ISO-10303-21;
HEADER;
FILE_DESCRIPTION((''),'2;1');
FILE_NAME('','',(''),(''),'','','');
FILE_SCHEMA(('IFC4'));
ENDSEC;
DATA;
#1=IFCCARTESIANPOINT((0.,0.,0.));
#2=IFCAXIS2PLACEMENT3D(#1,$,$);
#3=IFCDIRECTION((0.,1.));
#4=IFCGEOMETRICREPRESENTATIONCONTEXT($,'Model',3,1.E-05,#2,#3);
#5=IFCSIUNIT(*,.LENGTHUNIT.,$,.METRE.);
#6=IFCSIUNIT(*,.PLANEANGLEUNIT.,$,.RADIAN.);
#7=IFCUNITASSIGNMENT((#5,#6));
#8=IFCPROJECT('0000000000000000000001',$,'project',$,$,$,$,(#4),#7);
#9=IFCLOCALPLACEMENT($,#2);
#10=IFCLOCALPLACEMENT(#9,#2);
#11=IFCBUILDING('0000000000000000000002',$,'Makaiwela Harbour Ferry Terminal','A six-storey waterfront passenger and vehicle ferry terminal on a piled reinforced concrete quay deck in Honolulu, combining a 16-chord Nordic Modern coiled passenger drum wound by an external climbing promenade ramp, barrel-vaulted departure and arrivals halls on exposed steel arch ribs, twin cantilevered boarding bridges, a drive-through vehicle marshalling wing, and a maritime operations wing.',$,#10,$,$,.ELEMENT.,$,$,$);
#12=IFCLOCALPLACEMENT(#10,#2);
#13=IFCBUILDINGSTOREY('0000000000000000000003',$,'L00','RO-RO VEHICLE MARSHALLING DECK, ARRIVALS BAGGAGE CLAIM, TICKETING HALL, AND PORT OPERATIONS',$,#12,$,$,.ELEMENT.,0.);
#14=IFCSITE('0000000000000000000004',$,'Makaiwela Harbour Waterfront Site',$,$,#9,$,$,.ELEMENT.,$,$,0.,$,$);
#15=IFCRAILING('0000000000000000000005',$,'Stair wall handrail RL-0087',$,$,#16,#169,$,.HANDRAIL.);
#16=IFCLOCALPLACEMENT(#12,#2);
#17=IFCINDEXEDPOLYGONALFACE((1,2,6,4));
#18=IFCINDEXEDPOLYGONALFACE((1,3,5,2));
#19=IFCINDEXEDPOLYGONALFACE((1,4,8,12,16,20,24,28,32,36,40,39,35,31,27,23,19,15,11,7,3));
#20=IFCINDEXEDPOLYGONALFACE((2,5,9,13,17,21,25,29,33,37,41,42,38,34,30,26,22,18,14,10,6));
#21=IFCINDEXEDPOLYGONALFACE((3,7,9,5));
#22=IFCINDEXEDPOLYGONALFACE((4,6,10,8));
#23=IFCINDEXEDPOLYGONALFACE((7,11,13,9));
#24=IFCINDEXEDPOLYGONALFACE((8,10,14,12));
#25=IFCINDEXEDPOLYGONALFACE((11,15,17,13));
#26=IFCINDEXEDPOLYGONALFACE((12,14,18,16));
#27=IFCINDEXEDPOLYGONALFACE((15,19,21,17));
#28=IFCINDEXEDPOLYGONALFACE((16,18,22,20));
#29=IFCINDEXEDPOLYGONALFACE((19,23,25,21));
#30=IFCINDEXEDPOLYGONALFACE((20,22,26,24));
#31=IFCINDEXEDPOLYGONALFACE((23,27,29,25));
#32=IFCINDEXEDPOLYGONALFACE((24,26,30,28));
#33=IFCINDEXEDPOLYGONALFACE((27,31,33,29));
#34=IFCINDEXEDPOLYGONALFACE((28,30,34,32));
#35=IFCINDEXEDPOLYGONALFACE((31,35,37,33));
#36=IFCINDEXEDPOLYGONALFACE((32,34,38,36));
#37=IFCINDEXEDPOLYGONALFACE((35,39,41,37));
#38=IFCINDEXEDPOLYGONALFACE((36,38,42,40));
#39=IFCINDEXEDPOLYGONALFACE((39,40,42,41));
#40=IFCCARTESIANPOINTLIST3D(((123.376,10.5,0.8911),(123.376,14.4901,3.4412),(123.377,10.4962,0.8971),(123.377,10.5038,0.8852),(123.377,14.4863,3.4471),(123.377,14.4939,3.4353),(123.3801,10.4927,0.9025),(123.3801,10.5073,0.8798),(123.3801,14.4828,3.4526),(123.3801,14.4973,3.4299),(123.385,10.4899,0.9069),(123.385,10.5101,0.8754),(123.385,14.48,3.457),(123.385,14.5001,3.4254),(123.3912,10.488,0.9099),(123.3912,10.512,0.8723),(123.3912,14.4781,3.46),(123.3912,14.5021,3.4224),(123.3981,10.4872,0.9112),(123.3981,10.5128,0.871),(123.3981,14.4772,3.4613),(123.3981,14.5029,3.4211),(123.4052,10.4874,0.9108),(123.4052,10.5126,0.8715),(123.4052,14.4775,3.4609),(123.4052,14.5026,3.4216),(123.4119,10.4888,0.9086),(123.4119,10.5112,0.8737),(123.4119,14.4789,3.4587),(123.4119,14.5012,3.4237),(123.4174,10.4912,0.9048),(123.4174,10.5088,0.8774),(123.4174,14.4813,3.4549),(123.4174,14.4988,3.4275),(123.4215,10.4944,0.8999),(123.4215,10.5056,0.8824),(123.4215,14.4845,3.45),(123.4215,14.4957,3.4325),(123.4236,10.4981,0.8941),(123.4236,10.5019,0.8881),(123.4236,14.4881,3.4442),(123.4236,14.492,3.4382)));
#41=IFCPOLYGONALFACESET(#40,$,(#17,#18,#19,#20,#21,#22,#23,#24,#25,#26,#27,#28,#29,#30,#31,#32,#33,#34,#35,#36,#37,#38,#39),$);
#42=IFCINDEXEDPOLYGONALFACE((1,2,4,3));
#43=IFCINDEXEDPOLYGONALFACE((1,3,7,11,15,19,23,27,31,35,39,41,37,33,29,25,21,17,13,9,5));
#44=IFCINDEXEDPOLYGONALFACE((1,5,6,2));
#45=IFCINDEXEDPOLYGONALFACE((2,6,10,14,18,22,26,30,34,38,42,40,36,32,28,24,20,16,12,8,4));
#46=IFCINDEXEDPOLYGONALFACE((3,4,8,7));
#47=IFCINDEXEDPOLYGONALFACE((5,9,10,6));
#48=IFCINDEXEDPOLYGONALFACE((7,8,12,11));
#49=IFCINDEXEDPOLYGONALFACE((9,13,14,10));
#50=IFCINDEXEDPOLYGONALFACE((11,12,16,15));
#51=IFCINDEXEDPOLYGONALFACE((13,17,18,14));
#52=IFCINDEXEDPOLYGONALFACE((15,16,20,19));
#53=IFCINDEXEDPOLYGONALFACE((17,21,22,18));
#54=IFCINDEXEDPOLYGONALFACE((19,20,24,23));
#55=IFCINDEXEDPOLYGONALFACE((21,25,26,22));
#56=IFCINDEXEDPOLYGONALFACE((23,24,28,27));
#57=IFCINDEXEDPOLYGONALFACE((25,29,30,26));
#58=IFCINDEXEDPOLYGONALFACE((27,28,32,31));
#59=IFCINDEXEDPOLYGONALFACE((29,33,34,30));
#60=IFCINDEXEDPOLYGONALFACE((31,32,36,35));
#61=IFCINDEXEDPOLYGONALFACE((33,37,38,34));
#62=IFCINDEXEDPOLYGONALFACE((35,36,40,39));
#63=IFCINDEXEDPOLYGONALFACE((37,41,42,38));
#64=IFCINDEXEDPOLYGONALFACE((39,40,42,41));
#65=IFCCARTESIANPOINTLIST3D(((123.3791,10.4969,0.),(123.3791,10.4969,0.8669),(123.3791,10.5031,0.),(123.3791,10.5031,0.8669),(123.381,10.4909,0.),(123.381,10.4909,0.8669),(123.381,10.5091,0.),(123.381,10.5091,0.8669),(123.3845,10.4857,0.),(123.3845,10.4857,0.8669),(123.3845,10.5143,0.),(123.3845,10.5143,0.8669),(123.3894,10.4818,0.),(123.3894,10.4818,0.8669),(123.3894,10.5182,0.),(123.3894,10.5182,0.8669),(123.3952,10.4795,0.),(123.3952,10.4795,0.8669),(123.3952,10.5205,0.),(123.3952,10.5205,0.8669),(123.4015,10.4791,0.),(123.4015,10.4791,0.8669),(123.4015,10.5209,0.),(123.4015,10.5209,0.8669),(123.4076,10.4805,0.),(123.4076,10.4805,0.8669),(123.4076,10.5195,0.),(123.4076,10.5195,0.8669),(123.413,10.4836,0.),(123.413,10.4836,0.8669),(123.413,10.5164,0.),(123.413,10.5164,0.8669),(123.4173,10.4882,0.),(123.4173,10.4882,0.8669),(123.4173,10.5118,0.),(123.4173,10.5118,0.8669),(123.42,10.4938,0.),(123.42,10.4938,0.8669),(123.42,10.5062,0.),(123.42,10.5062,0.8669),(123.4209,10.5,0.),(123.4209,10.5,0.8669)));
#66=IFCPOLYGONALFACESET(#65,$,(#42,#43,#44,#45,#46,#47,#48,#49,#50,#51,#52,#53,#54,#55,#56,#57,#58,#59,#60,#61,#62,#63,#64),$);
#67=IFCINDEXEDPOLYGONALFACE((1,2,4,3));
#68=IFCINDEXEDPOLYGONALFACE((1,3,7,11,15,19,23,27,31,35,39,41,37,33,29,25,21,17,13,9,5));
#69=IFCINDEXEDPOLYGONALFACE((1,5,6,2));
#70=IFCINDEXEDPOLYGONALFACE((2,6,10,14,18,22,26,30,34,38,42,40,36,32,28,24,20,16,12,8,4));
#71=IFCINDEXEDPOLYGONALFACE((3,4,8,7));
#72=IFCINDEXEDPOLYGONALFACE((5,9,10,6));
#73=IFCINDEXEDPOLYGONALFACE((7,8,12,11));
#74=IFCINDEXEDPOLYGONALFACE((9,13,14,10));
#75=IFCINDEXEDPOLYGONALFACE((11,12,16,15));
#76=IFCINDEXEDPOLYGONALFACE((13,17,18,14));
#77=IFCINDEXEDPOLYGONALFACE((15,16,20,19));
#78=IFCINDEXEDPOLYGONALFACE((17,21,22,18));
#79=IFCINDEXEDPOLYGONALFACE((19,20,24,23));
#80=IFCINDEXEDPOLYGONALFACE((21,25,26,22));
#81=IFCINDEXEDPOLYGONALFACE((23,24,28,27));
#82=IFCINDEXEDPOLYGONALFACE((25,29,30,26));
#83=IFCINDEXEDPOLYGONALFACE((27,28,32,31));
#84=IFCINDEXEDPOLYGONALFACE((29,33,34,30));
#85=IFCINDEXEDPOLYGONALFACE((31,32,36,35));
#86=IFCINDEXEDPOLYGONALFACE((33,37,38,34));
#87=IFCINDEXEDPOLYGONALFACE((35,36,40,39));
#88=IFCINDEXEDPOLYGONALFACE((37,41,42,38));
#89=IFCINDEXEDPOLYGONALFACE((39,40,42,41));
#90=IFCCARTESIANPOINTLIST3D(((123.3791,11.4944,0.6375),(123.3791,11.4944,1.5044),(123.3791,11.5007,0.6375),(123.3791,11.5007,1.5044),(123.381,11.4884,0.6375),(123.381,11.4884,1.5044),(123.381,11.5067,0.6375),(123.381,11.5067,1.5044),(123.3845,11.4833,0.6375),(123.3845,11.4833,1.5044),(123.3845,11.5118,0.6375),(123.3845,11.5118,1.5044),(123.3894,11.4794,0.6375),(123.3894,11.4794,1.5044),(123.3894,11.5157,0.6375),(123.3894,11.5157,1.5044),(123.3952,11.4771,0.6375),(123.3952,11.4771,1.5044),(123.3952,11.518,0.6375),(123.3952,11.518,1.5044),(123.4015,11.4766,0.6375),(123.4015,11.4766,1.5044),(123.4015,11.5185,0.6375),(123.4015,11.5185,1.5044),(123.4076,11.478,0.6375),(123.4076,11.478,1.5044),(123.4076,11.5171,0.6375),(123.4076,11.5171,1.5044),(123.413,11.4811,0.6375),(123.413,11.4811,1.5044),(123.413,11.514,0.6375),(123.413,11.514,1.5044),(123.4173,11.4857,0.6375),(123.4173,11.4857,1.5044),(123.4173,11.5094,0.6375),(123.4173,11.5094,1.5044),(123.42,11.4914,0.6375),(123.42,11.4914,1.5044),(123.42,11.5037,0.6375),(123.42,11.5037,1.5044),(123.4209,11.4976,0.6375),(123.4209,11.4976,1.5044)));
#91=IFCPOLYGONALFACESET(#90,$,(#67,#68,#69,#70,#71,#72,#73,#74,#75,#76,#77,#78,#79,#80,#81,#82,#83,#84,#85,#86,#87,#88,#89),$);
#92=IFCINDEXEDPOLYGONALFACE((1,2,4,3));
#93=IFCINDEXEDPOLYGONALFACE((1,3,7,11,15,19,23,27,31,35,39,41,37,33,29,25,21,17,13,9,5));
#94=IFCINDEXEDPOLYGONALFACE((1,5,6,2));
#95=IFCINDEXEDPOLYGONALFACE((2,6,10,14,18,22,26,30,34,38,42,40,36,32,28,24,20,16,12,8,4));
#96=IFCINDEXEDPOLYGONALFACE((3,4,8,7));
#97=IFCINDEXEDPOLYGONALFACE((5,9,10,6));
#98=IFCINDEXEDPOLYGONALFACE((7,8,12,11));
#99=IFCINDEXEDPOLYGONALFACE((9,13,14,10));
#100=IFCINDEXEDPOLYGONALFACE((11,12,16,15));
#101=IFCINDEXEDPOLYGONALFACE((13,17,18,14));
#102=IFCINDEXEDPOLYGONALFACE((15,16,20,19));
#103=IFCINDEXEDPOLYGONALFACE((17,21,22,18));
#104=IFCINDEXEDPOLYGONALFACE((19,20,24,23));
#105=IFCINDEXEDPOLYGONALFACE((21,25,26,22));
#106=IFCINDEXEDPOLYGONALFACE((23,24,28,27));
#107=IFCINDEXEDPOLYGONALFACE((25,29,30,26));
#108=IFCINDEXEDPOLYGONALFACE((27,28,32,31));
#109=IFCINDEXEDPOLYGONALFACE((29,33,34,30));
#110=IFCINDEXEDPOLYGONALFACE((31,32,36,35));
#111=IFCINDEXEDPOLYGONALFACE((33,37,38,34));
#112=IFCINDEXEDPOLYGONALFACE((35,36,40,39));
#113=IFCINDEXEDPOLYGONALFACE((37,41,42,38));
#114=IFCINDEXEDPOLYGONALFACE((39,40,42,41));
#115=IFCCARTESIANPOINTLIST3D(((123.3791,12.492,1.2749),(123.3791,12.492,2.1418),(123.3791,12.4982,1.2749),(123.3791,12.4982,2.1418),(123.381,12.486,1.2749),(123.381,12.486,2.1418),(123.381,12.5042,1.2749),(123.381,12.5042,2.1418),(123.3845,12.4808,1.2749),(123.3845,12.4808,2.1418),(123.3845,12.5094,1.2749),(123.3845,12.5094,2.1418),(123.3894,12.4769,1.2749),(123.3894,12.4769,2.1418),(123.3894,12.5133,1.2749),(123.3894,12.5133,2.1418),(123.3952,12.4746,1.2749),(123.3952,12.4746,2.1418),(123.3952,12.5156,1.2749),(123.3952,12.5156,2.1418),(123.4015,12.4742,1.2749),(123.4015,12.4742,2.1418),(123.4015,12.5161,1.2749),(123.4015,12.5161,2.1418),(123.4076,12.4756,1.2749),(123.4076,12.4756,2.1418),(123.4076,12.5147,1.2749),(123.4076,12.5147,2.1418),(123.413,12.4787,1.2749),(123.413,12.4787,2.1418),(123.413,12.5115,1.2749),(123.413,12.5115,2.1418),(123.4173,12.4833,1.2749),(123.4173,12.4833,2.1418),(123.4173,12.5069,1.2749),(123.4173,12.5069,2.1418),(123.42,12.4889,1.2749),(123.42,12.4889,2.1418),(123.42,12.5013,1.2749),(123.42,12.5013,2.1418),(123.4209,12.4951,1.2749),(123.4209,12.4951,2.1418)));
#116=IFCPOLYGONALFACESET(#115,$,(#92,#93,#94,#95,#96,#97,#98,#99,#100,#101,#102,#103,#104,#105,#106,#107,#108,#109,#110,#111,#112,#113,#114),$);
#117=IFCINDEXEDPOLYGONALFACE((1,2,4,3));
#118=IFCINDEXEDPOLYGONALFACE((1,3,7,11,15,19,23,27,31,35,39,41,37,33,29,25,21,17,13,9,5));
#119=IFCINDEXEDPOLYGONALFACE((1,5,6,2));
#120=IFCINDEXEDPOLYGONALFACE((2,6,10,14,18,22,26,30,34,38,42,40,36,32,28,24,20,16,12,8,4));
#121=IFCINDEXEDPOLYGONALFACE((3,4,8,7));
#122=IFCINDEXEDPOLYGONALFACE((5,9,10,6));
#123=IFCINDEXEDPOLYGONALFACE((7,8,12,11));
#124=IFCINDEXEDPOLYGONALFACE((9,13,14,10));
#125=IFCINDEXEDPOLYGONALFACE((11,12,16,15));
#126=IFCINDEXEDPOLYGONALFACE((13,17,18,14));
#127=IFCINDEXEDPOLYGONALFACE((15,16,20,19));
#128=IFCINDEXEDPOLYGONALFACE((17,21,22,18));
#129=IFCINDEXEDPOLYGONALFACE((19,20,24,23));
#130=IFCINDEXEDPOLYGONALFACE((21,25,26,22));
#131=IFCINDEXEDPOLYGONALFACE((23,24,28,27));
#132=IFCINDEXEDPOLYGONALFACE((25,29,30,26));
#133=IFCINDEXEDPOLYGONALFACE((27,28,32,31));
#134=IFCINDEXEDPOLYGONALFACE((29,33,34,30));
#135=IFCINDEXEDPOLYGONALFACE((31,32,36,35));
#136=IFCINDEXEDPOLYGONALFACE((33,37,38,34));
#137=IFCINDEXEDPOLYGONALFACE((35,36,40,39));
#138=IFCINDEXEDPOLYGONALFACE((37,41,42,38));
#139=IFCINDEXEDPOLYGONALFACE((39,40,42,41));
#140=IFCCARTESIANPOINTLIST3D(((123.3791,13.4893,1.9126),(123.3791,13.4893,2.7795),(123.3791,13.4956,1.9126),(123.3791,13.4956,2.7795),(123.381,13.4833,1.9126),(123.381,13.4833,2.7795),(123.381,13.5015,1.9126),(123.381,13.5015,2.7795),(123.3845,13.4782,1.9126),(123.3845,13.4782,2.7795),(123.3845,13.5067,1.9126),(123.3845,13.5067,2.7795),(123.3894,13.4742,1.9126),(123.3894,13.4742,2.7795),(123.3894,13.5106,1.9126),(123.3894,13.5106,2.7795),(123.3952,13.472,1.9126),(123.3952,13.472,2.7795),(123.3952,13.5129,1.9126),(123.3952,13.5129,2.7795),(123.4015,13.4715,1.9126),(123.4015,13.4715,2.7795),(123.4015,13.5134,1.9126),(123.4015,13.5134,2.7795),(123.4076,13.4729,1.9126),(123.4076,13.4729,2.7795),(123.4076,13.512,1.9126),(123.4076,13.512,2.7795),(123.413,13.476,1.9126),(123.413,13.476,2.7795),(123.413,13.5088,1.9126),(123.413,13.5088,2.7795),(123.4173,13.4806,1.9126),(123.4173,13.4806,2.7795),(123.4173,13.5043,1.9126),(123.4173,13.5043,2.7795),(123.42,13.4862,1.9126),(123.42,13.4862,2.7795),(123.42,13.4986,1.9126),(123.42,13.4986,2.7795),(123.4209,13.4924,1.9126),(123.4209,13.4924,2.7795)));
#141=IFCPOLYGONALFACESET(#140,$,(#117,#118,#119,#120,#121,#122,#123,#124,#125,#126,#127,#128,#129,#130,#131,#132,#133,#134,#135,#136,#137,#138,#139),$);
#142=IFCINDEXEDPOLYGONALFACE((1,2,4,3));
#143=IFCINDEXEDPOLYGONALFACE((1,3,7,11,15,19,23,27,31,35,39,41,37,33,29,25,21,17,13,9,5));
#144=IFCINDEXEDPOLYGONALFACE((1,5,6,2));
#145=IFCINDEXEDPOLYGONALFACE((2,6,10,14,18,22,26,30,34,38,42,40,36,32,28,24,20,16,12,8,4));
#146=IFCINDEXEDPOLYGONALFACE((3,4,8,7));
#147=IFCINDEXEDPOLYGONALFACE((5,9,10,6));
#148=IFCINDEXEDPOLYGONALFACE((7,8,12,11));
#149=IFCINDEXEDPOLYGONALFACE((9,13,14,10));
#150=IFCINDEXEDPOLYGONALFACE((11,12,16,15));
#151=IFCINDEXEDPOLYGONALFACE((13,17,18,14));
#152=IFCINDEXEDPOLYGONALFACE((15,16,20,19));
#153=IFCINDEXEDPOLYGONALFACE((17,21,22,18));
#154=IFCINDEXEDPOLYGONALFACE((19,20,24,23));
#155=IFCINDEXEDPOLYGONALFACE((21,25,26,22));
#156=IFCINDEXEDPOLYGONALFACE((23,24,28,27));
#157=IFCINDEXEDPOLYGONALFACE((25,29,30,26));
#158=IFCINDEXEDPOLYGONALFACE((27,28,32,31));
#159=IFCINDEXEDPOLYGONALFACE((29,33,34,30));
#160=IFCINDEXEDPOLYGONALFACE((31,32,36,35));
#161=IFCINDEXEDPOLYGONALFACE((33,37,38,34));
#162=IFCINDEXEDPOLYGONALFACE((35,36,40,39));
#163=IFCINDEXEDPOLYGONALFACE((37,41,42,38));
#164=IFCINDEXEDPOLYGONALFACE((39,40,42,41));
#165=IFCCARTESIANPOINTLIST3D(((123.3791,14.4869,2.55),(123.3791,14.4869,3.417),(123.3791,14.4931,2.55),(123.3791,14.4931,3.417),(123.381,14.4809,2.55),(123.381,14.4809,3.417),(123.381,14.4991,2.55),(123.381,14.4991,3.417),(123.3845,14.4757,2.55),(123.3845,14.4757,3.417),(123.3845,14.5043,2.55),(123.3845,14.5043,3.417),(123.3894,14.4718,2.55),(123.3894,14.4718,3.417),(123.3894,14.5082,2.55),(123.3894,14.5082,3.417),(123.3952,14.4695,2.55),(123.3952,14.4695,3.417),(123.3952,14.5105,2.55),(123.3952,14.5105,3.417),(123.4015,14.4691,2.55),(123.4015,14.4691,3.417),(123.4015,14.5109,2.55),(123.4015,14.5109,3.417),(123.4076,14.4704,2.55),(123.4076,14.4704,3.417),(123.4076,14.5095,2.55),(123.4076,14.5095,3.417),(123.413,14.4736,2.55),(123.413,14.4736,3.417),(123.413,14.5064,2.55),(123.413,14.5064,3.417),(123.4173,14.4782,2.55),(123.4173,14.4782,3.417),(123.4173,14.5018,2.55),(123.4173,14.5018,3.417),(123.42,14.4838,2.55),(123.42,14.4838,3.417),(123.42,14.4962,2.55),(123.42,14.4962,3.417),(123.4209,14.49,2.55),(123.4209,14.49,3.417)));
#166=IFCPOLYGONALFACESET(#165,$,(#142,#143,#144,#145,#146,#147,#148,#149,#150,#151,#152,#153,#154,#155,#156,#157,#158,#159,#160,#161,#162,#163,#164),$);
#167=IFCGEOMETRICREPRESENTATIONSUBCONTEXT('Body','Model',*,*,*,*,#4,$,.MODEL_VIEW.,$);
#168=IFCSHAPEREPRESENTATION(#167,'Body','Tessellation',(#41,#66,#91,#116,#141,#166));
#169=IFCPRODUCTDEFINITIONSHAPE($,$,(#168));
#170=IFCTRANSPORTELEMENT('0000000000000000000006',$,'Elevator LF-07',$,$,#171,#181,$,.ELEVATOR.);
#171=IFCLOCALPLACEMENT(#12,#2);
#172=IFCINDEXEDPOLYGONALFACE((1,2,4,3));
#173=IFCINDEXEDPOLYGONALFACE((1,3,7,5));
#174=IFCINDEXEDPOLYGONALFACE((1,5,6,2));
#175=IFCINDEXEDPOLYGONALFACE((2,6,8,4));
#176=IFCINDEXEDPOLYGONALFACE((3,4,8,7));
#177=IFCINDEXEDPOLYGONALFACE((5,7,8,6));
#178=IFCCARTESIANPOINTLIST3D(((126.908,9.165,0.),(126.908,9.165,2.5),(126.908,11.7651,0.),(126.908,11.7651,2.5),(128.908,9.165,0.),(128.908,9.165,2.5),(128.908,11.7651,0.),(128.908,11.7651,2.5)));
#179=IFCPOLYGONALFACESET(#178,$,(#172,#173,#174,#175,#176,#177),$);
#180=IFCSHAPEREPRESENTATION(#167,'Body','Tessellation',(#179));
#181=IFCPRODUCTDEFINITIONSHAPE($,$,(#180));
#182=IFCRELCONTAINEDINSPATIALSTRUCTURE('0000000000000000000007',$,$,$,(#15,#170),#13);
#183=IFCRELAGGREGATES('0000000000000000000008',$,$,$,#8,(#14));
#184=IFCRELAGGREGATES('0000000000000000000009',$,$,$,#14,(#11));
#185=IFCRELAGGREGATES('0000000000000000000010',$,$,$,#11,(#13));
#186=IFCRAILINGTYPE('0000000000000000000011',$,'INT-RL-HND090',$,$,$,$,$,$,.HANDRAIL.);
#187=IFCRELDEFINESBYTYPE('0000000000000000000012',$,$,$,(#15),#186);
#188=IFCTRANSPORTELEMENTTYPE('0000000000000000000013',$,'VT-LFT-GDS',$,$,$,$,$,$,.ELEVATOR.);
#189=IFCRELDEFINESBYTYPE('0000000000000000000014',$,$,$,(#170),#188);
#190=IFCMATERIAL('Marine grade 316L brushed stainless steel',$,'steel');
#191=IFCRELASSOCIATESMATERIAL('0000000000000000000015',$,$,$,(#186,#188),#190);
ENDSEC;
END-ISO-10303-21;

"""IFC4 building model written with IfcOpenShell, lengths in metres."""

from ifc_helpers import new_model, si_unit, direction, frame, origin, origin_2d, place, context, subcontext, project, spatial, rectangle, circle, extrude, material, type_object, element, save


model = new_model("IFC4")

# Units and contexts
model_context = context("Model", 3, precision=1e-05, world=origin(), true_north=direction((0.0, 1.0)))
body_context = subcontext(model_context, "Body", "Model", "MODEL_VIEW")
ifc_project = project(units=[si_unit("LENGTHUNIT", "METRE"), si_unit("PLANEANGLEUNIT", "RADIAN")], contexts=[model_context])

# Site, building, storey
site_placement = place(None, origin())
site = spatial("IfcSite", under=ifc_project, at=site_placement, Name="Makaiwela Harbour Waterfront Site", CompositionType="ELEMENT", RefElevation=0.0)
building_placement = place(site_placement, origin())
building = spatial("IfcBuilding", under=site, at=building_placement, Name="Makaiwela Harbour Ferry Terminal", Description="A six-storey waterfront passenger and vehicle ferry terminal on a piled reinforced concrete quay deck in Honolulu, combining a 16-chord Nordic Modern coiled passenger drum wound by an external climbing promenade ramp, barrel-vaulted departure and arrivals halls on exposed steel arch ribs, twin cantilevered boarding bridges, a drive-through vehicle marshalling wing, and a maritime operations wing.", CompositionType="ELEMENT")
storey_placement = place(building_placement, origin())
storey = spatial("IfcBuildingStorey", under=building, at=storey_placement, Name="L00", Description="RO-RO VEHICLE MARSHALLING DECK, ARRIVALS BAGGAGE CLAIM, TICKETING HALL, AND PORT OPERATIONS", CompositionType="ELEMENT", Elevation=0.0)

# Railing
ifc_material_1 = material(Name="Marine grade 316L brushed stainless steel", Category="steel")
railing_type_1 = type_object("IfcRailingType", Name="INT-RL-HND090", PredefinedType="HANDRAIL", material=ifc_material_1)
railing_1_placement = place(storey_placement, frame((123.3999, 10.5, 0.0)))
element("IfcRailing", 1, at=railing_1_placement, inside=storey, type_object=railing_type_1, Name="Stair wall handrail RL-0087", PredefinedType="HANDRAIL", context=body_context, shape_type="SweptSolid", body=[
    extrude(circle(Radius=0.0239, at=origin_2d()), frame((0.0, 0.0, 0.8911), z_axis=(0.0, 0.842611, 0.538523), x_axis=(-1.0, 0.0, 0.0)), (0.0, 0.0, 1.0), 4.7354),
    extrude(circle(Radius=0.021, at=origin_2d()), origin(), (0.0, 0.0, 1.0), 0.8669),
    extrude(circle(Radius=0.021, at=origin_2d()), frame((0.0, 0.9976, 0.6375)), (0.0, 0.0, 1.0), 0.8669),
    extrude(circle(Radius=0.021, at=origin_2d()), frame((0.0, 1.9951, 1.2749)), (0.0, 0.0, 1.0), 0.8669),
    extrude(circle(Radius=0.021, at=origin_2d()), frame((0.0, 2.9924, 1.9126)), (0.0, 0.0, 1.0), 0.8669),
    extrude(circle(Radius=0.021, at=origin_2d()), frame((0.0, 3.99, 2.55)), (0.0, 0.0, 1.0), 0.8669),
])

# Transport element
transport_element_type = type_object("IfcTransportElementType", Name="VT-LFT-GDS", PredefinedType="ELEVATOR", material=ifc_material_1)
transport_element_placement = place(storey_placement, frame((127.908, 10.4651, 0.0), z_axis=(0.0, 0.0, 1.0), x_axis=(1.0, 0.0, 0.0)))
element("IfcTransportElement", 2, at=transport_element_placement, inside=storey, type_object=transport_element_type, Name="Elevator LF-07", PredefinedType="ELEVATOR", context=body_context, shape_type="SweptSolid", body=[
    extrude(rectangle(XDim=2.0, YDim=2.6001, at=origin_2d()), origin(), (0.0, 0.0, 1.0), 2.5),
])

save(model, "model.ifc")
